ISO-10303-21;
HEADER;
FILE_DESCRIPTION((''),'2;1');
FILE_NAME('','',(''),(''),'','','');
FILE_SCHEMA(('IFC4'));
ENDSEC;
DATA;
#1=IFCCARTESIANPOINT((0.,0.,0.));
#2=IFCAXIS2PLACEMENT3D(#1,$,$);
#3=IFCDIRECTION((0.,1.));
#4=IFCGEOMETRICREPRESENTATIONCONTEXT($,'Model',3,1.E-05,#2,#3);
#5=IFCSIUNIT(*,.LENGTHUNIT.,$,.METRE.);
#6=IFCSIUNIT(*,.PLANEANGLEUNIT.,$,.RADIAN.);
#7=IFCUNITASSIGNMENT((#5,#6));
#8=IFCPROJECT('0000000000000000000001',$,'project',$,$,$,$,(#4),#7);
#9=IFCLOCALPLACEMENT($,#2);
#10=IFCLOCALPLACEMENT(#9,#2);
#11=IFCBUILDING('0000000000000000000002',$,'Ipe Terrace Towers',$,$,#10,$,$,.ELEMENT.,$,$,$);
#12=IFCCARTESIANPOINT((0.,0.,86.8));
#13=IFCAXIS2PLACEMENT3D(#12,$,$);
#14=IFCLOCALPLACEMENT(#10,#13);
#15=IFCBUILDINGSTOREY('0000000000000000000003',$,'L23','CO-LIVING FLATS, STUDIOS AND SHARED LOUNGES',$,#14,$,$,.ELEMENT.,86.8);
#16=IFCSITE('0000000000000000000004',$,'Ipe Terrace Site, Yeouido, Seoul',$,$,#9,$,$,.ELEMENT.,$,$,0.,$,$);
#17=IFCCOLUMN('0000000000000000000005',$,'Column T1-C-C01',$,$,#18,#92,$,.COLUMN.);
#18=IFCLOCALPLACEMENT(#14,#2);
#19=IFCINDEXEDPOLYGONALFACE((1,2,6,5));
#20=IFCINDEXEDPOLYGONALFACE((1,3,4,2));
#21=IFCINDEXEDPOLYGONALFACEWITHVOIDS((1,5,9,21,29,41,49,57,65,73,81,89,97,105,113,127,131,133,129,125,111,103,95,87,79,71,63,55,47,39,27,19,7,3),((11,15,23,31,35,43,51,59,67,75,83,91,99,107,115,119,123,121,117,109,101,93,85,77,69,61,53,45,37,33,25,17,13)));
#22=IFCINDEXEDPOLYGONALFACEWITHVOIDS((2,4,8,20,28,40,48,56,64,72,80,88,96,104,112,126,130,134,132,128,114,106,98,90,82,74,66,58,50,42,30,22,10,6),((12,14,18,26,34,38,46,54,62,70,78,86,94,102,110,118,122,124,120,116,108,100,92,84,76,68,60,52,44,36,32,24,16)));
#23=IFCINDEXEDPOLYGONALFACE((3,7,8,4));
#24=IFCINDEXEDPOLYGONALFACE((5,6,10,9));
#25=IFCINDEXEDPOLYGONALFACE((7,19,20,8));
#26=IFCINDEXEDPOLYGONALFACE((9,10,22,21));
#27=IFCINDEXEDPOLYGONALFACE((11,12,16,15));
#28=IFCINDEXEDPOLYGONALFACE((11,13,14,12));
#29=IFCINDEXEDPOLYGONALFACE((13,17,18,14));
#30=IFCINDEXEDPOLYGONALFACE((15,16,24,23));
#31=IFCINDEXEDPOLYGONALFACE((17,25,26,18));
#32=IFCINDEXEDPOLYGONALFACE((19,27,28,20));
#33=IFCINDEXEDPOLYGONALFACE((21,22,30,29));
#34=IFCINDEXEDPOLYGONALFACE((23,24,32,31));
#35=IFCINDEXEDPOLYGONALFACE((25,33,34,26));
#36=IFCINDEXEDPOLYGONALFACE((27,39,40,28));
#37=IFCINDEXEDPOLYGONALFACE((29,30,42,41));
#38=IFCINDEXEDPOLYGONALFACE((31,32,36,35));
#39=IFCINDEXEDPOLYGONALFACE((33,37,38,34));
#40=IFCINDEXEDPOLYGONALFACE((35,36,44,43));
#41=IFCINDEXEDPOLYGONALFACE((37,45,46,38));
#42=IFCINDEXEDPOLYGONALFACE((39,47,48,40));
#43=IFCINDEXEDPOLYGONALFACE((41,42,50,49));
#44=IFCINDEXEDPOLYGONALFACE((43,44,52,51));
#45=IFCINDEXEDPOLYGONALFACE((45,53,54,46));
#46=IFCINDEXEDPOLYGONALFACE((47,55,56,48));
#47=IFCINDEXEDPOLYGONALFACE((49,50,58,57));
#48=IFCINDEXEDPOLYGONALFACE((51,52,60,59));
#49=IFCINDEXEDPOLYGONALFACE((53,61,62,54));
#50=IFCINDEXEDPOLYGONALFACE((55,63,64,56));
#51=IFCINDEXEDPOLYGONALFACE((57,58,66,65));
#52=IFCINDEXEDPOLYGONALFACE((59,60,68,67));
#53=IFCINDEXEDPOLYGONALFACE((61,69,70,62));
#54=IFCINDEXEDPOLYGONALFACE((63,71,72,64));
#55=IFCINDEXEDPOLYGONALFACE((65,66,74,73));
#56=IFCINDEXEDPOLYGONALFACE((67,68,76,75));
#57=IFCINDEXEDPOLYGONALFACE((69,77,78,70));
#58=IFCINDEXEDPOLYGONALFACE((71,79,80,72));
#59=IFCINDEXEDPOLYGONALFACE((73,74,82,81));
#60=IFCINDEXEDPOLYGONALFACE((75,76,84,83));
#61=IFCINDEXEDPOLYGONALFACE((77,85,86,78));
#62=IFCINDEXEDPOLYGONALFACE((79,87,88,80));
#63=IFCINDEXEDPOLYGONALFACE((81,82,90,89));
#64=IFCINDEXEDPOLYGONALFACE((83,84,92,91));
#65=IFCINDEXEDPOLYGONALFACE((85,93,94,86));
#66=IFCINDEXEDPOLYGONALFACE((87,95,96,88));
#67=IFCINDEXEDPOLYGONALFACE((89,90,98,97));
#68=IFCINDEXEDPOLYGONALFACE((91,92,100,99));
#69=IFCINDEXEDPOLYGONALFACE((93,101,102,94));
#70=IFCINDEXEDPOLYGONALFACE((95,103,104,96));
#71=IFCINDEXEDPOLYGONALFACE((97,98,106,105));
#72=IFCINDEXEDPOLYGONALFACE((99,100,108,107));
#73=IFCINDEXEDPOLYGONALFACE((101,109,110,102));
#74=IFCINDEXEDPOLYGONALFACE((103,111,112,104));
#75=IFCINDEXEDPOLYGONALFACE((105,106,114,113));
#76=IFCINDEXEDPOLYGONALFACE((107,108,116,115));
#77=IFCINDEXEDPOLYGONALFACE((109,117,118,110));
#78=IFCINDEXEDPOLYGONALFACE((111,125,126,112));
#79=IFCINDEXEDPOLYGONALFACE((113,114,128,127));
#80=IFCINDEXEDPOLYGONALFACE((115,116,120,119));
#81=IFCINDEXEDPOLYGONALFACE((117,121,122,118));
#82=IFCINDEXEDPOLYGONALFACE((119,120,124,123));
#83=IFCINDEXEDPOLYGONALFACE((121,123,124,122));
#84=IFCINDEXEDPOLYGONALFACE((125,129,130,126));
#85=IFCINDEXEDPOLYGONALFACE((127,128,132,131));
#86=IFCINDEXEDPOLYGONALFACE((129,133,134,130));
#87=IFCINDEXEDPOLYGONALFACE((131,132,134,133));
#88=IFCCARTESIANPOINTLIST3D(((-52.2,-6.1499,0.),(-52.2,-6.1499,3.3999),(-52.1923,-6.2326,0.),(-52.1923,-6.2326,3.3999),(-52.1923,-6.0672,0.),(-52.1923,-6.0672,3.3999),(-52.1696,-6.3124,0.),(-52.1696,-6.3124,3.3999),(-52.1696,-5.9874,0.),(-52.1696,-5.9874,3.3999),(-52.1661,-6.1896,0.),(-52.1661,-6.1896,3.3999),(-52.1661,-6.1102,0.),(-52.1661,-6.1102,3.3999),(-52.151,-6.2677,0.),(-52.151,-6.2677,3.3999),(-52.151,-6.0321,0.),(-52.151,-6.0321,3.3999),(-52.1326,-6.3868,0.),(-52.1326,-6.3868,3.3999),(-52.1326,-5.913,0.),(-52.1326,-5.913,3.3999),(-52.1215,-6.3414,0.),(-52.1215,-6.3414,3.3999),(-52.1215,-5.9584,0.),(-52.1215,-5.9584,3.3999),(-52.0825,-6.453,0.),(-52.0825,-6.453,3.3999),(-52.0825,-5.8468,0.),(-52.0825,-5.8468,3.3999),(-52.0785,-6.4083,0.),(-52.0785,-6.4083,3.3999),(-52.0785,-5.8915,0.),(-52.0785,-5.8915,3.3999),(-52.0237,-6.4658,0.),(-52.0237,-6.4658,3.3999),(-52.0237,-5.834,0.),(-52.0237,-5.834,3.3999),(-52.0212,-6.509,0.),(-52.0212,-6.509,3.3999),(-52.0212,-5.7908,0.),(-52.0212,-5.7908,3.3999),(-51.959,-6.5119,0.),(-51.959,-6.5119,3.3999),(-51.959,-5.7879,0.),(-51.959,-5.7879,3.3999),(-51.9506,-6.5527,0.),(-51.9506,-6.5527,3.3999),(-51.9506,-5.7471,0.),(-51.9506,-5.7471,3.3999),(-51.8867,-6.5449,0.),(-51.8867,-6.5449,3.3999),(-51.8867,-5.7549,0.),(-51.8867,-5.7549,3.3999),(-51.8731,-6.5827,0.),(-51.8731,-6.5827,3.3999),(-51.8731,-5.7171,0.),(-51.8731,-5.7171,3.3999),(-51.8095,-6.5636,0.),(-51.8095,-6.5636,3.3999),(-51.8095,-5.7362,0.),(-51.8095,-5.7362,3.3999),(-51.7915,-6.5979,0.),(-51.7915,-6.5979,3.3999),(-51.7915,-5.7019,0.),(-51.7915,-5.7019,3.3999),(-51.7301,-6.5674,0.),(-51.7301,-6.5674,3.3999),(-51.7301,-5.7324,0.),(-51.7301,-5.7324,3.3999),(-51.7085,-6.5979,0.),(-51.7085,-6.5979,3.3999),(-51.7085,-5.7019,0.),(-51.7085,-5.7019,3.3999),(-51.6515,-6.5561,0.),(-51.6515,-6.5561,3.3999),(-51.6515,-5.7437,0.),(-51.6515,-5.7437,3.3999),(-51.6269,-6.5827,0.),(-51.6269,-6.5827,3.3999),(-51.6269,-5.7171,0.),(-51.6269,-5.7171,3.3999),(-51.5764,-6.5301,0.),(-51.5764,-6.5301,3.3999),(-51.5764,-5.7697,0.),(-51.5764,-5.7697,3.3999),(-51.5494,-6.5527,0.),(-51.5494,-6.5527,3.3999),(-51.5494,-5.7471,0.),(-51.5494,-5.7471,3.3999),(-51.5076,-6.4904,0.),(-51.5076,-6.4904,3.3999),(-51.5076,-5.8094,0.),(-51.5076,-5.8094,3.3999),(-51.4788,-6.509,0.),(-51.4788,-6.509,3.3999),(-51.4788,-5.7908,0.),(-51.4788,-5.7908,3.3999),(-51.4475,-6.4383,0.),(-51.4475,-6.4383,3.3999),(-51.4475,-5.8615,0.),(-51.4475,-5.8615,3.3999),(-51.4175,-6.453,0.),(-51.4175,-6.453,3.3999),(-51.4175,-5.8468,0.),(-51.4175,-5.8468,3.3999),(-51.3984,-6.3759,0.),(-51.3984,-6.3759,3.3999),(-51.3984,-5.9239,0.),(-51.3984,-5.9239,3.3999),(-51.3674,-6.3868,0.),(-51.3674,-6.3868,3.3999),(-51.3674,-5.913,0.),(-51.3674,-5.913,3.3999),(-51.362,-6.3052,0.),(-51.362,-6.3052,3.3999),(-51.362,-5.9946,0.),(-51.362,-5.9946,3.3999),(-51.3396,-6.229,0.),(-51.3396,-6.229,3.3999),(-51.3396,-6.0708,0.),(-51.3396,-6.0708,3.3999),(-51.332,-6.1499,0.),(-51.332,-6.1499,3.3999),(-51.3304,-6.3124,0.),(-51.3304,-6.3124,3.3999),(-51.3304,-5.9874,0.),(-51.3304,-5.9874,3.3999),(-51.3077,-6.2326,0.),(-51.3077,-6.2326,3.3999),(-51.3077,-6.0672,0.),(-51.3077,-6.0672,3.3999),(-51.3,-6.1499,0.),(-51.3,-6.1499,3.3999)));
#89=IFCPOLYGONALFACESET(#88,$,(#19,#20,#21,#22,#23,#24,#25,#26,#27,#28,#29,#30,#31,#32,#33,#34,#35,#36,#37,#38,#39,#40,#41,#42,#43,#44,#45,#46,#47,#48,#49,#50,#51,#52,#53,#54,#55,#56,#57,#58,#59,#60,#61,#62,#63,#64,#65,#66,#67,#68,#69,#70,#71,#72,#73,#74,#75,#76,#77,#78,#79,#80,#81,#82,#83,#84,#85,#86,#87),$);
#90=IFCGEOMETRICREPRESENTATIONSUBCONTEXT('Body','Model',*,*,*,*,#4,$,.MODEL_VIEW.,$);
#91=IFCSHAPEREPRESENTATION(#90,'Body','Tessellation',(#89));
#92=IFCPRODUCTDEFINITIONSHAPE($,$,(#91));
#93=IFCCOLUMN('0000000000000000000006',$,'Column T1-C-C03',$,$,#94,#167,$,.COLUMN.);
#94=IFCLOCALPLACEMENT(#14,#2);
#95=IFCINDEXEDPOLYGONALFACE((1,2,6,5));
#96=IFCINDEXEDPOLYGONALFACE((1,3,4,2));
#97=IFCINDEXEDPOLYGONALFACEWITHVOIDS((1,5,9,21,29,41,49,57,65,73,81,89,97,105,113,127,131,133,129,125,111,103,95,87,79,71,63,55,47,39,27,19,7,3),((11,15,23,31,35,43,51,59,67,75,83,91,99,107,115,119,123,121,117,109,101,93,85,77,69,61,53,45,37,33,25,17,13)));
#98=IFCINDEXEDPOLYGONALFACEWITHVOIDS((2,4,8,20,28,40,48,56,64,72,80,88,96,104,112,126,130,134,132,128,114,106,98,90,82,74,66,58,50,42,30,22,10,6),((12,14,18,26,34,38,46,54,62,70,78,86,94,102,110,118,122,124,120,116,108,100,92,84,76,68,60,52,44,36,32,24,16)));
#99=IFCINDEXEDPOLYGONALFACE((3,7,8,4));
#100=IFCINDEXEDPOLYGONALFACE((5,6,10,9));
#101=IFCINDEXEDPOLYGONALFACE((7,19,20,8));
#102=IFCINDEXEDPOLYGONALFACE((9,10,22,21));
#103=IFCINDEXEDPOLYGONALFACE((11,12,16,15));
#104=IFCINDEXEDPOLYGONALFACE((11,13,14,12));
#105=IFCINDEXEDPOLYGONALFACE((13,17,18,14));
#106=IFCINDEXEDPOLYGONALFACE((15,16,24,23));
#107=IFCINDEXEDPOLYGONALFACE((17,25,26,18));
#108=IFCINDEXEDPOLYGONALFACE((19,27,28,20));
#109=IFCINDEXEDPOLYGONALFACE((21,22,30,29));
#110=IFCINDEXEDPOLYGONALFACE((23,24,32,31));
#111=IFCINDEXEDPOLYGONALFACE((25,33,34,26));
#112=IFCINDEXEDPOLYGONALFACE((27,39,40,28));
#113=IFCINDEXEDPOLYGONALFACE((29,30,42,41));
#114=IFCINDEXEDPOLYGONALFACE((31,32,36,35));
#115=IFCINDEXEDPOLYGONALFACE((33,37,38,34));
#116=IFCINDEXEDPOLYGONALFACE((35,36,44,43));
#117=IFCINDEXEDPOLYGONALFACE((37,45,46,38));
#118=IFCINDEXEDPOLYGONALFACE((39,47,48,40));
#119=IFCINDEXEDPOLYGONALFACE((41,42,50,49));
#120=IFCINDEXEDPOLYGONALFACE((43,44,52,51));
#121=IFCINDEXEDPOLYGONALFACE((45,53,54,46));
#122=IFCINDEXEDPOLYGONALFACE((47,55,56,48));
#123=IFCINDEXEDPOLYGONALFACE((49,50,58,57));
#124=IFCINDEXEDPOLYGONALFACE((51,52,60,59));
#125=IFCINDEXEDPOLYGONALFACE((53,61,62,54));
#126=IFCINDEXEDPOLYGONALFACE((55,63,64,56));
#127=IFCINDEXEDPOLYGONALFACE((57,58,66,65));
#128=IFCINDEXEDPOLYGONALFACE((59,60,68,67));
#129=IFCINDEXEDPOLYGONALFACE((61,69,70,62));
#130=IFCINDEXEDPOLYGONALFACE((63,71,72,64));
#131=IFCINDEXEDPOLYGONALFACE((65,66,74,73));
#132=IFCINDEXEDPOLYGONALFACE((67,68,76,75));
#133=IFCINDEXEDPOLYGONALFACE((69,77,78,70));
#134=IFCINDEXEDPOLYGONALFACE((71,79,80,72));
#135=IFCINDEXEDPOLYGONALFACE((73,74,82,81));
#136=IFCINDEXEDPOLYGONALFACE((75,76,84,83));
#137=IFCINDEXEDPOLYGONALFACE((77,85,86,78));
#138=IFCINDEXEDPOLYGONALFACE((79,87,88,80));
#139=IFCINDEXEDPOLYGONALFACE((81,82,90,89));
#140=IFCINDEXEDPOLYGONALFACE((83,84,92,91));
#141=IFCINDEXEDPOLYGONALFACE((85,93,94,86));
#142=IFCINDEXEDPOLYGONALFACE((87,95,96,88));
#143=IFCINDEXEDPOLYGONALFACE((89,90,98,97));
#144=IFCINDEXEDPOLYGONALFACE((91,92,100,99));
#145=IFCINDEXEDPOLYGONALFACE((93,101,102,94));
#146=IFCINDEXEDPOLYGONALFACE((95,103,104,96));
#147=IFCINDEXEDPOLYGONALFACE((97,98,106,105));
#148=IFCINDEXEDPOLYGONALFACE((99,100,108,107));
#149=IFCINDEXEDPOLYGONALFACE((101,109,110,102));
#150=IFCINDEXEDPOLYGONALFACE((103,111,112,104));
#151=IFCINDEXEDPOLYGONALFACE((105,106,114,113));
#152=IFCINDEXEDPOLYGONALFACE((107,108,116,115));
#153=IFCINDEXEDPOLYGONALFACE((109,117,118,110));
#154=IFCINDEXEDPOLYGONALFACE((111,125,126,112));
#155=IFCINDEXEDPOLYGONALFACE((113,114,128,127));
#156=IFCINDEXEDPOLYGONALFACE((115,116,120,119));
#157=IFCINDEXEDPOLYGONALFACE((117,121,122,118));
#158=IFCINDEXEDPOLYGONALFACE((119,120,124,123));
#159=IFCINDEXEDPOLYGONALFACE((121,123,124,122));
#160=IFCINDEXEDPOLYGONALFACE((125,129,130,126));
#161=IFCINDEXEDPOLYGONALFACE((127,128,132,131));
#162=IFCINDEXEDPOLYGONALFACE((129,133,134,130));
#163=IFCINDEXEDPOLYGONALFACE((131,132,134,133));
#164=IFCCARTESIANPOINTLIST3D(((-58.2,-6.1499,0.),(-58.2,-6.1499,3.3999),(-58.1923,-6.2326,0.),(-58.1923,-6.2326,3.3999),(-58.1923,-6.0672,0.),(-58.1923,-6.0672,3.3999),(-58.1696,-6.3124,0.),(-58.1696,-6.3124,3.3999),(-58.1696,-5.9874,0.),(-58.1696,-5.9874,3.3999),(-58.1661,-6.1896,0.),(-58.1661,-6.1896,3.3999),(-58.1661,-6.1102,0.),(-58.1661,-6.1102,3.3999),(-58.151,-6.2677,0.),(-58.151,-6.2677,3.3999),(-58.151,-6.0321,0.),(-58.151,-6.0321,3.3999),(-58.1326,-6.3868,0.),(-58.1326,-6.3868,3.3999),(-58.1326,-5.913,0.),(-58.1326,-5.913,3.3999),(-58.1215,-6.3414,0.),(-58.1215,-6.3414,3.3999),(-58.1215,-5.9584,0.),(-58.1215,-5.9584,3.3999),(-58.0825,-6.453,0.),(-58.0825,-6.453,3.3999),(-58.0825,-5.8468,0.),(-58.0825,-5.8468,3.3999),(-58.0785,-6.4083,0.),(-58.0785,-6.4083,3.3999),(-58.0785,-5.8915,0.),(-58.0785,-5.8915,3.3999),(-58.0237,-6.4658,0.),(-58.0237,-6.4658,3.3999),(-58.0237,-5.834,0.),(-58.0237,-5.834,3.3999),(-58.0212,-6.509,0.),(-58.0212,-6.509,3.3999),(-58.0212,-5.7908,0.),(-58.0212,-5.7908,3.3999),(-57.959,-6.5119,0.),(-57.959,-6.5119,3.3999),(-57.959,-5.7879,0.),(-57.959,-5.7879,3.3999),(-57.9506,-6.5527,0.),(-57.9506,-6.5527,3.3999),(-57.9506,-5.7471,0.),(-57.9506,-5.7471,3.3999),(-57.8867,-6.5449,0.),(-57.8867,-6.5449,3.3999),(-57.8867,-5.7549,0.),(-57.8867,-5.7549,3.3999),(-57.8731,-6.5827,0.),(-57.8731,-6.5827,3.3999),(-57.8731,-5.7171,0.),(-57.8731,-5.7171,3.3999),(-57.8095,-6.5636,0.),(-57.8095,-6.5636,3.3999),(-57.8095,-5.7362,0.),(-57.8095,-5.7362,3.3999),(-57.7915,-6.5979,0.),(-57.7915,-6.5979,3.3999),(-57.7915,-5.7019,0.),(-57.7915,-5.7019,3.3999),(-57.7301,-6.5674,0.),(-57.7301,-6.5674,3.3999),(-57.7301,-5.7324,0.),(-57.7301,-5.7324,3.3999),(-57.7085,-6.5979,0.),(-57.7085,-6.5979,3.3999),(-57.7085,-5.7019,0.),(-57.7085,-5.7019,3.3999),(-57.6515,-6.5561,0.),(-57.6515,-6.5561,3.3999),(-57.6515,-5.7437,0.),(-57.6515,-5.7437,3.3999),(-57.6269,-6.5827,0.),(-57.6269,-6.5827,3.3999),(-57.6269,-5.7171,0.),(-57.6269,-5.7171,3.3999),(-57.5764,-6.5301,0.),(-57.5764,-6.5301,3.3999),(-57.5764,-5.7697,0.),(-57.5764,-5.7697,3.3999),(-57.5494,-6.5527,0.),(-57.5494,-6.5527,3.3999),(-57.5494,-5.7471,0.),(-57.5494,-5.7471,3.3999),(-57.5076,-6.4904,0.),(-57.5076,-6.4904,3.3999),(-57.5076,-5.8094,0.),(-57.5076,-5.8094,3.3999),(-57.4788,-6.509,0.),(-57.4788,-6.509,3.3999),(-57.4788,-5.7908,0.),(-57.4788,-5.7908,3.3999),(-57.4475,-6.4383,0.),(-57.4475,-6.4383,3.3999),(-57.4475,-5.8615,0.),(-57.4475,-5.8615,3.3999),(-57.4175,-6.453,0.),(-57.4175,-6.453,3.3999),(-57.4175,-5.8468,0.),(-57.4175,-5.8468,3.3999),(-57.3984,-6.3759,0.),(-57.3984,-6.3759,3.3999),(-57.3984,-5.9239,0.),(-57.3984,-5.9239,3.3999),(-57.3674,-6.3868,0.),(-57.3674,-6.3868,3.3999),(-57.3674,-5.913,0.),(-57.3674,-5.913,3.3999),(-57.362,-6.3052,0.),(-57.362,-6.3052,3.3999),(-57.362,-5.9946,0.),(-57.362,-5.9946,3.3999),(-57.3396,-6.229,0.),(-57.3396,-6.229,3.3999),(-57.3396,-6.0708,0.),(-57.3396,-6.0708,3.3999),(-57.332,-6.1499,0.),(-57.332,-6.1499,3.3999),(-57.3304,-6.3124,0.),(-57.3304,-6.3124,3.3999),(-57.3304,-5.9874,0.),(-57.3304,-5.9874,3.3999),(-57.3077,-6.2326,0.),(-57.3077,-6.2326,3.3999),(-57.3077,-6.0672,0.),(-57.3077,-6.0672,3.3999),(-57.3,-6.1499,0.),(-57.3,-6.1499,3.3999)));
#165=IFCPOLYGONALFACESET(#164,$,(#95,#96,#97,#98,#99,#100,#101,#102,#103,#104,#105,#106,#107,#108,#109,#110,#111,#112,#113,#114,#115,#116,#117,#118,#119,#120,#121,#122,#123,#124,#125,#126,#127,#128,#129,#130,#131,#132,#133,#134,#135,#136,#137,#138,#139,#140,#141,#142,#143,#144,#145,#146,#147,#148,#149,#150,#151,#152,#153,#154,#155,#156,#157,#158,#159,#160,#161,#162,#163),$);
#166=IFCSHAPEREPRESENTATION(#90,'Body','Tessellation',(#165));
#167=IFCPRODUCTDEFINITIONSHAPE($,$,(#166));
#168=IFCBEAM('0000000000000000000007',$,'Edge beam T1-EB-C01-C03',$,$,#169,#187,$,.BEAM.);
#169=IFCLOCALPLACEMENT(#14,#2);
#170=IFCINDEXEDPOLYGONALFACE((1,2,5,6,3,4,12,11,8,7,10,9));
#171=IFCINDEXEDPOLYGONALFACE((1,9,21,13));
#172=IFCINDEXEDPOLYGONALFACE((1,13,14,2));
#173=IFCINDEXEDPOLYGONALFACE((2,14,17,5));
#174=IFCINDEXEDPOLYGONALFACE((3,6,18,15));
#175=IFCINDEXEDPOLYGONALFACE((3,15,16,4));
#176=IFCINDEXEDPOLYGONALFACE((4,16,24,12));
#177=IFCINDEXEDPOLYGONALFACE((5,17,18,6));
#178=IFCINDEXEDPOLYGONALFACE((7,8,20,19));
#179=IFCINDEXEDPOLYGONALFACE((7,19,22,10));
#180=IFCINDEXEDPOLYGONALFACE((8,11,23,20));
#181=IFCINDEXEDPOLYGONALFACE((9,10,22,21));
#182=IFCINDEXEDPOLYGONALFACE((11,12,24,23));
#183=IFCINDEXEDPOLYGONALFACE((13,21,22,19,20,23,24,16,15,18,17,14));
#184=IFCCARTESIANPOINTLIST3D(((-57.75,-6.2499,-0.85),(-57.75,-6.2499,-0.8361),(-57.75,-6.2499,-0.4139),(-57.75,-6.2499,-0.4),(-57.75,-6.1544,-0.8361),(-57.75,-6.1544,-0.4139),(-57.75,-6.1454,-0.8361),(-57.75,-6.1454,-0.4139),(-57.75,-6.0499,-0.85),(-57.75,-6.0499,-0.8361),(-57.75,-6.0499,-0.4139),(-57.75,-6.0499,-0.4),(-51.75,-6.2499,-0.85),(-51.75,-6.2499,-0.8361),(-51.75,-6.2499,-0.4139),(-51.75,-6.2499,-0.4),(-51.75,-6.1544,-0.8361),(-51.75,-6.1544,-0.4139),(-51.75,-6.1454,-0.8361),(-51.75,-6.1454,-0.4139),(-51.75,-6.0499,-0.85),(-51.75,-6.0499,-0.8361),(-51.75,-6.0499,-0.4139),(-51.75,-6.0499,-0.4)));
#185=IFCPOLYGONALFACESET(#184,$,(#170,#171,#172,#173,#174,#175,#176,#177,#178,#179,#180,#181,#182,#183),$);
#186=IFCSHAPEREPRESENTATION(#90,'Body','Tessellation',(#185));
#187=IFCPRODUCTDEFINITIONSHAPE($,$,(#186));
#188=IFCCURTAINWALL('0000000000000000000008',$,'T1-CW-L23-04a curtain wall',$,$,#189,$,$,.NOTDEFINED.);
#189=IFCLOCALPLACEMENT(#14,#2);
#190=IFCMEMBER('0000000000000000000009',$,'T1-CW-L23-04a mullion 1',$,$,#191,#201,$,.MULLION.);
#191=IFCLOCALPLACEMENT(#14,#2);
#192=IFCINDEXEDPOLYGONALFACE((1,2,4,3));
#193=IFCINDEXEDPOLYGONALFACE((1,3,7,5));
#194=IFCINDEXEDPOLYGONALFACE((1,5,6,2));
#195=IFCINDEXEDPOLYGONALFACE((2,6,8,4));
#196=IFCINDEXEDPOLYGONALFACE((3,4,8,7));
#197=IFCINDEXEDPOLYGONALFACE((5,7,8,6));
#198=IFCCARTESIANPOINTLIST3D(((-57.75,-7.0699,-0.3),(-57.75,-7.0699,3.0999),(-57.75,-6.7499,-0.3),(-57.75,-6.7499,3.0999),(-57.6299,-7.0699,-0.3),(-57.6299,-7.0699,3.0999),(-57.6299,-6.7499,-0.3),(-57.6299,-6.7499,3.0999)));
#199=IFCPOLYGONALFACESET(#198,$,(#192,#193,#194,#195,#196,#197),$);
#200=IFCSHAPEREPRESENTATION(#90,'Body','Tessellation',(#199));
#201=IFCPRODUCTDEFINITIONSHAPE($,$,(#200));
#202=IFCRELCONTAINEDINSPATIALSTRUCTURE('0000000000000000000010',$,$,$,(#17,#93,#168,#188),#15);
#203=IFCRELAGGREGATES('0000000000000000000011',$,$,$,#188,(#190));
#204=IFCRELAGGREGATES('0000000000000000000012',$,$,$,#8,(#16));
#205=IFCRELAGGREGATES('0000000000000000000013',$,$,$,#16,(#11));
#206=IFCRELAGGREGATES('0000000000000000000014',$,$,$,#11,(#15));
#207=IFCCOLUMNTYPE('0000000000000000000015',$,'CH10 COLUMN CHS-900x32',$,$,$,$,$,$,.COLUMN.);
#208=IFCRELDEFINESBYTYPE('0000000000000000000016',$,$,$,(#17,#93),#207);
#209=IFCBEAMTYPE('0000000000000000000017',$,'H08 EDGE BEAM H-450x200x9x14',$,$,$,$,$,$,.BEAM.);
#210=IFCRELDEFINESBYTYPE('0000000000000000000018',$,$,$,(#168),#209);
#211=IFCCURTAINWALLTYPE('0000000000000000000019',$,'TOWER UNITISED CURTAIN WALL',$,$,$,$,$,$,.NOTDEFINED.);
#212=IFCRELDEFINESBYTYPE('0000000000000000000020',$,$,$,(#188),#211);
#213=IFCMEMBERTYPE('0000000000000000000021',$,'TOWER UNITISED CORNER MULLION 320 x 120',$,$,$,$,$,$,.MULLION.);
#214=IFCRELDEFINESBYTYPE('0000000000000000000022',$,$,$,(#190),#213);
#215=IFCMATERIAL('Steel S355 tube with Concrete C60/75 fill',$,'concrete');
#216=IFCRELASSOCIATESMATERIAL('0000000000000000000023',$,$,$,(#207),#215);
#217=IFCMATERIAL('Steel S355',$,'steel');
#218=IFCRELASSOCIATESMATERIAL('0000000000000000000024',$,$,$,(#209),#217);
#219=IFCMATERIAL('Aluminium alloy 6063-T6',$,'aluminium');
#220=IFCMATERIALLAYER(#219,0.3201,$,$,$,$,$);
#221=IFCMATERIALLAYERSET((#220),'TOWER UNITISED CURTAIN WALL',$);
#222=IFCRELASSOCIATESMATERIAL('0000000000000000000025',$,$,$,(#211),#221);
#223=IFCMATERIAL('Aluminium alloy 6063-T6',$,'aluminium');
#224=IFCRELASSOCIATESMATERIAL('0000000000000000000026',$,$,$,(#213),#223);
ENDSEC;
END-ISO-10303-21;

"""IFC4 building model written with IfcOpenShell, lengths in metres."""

from ifc_helpers import new_model, si_unit, direction, frame, origin, origin_2d, place, context, subcontext, project, spatial, rectangle, hollow_circle, i_section, extrude, material, layer, layer_set, material_profile, profile_set, type_object, element, aggregate, save


model = new_model("IFC4")

# Units and contexts
model_context = context("Model", 3, precision=1e-05, world=origin(), true_north=direction((0.0, 1.0)))
body_context = subcontext(model_context, "Body", "Model", "MODEL_VIEW")
ifc_project = project(units=[si_unit("LENGTHUNIT", "METRE"), si_unit("PLANEANGLEUNIT", "RADIAN")], contexts=[model_context])

# Site, building, storey
site_placement = place(None, origin())
site = spatial("IfcSite", under=ifc_project, at=site_placement, Name="Ipe Terrace Site, Yeouido, Seoul", CompositionType="ELEMENT", RefElevation=0.0)
building_placement = place(site_placement, origin())
building = spatial("IfcBuilding", under=site, at=building_placement, Name="Ipe Terrace Towers", CompositionType="ELEMENT")
storey_placement = place(building_placement, frame((0.0, 0.0, 86.8)))
storey = spatial("IfcBuildingStorey", under=building, at=storey_placement, Name="L23", Description="CO-LIVING FLATS, STUDIOS AND SHARED LOUNGES", CompositionType="ELEMENT", Elevation=86.8)

# Columns
ifc_material_1 = material(Name="Steel S355 tube with Concrete C60/75 fill", Category="concrete")
ifc_material_profile_1 = material_profile(ifc_material_1, hollow_circle(Radius=0.45, WallThickness=0.032, at=origin_2d()), Name="CHS-900x32")
ifc_profile_set_1 = profile_set([ifc_material_profile_1], Name="Steel S355 tube with Concrete C60/75 fill")
column_type = type_object("IfcColumnType", Name="CH10 COLUMN CHS-900x32", PredefinedType="COLUMN", material=ifc_profile_set_1)
for number, where, z_axis, x_axis, name in (
    (1, (-51.75, -6.1499, 0.0), (0.0, 0.0, 1.0), (1.0, 0.0, 0.0), "Column T1-C-C01"),
    (2, (-57.75, -6.1499, 0.0), (0.0, 0.0, 1.0), (1.0, 0.0, 0.0), "Column T1-C-C03"),
):
    element("IfcColumn", number, at=place(storey_placement, frame(where, z_axis=z_axis, x_axis=x_axis)), inside=storey, type_object=column_type, Name=name, PredefinedType="COLUMN", context=body_context, shape_type="SweptSolid", body=[
        extrude(hollow_circle(Radius=0.45, WallThickness=0.032, at=origin_2d()), origin(), (0.0, 0.0, 1.0), 3.3999),
    ])

# Beam
ifc_material_2 = material(Name="Steel S355", Category="steel")
ifc_material_profile_2 = material_profile(ifc_material_2, i_section(OverallWidth=0.2, OverallDepth=0.45, WebThickness=0.009, FlangeThickness=0.0139, at=origin_2d()), Name="H-450x200x9x14")
ifc_profile_set_2 = profile_set([ifc_material_profile_2], Name="Steel S355")
beam_type = type_object("IfcBeamType", Name="H08 EDGE BEAM H-450x200x9x14", PredefinedType="BEAM", material=ifc_profile_set_2)
beam_placement = place(storey_placement, frame((-51.75, -6.1499, -0.625), z_axis=(-1.0, 0.0, 0.0), x_axis=(0.0, -1.0, 0.0)))
element("IfcBeam", 3, at=beam_placement, inside=storey, type_object=beam_type, Name="Edge beam T1-EB-C01-C03", PredefinedType="BEAM", context=body_context, shape_type="SweptSolid", body=[
    extrude(i_section(OverallWidth=0.2, OverallDepth=0.45, WebThickness=0.009, FlangeThickness=0.0139, at=origin_2d()), origin(), (0.0, 0.0, 1.0), 6.0),
])

# Curtain wall, member
ifc_material_3 = material(Name="Aluminium alloy 6063-T6", Category="aluminium")
ifc_layer_1 = layer(ifc_material_3, 0.3201)
ifc_layer_set_1 = layer_set([ifc_layer_1], Name="TOWER UNITISED CURTAIN WALL")
curtain_wall_type = type_object("IfcCurtainWallType", Name="TOWER UNITISED CURTAIN WALL", PredefinedType="NOTDEFINED", material=ifc_layer_set_1)
curtain_wall_1_placement = place(storey_placement, origin())
curtain_wall_1 = element("IfcCurtainWall", 4, at=curtain_wall_1_placement, inside=storey, type_object=curtain_wall_type, Name="T1-CW-L23-04a curtain wall", PredefinedType="NOTDEFINED")
ifc_material_4 = material(Name="Aluminium alloy 6063-T6", Category="aluminium")
ifc_material_profile_3 = material_profile(ifc_material_4, rectangle(XDim=0.3201, YDim=0.1201, at=origin_2d()), Name="TOWER UNITISED CORNER MULLION 320 x 120")
ifc_profile_set_3 = profile_set([ifc_material_profile_3], Name="Aluminium alloy 6063-T6")
member_type = type_object("IfcMemberType", Name="TOWER UNITISED CORNER MULLION 320 x 120", PredefinedType="MULLION", material=ifc_profile_set_3)
member_1_placement = place(storey_placement, frame((-57.6899, -6.9099, -0.3), z_axis=(0.0, 0.0, 1.0), x_axis=(0.0, -1.0, 0.0)))
member_1 = element("IfcMember", 5, at=member_1_placement, type_object=member_type, Name="T1-CW-L23-04a mullion 1", PredefinedType="MULLION", context=body_context, shape_type="SweptSolid", body=[
    extrude(rectangle(XDim=0.3201, YDim=0.1201, at=origin_2d()), origin(), (0.0, 0.0, 1.0), 3.3999),
])

aggregate(curtain_wall_1, [member_1])

save(model, "model.ifc")
